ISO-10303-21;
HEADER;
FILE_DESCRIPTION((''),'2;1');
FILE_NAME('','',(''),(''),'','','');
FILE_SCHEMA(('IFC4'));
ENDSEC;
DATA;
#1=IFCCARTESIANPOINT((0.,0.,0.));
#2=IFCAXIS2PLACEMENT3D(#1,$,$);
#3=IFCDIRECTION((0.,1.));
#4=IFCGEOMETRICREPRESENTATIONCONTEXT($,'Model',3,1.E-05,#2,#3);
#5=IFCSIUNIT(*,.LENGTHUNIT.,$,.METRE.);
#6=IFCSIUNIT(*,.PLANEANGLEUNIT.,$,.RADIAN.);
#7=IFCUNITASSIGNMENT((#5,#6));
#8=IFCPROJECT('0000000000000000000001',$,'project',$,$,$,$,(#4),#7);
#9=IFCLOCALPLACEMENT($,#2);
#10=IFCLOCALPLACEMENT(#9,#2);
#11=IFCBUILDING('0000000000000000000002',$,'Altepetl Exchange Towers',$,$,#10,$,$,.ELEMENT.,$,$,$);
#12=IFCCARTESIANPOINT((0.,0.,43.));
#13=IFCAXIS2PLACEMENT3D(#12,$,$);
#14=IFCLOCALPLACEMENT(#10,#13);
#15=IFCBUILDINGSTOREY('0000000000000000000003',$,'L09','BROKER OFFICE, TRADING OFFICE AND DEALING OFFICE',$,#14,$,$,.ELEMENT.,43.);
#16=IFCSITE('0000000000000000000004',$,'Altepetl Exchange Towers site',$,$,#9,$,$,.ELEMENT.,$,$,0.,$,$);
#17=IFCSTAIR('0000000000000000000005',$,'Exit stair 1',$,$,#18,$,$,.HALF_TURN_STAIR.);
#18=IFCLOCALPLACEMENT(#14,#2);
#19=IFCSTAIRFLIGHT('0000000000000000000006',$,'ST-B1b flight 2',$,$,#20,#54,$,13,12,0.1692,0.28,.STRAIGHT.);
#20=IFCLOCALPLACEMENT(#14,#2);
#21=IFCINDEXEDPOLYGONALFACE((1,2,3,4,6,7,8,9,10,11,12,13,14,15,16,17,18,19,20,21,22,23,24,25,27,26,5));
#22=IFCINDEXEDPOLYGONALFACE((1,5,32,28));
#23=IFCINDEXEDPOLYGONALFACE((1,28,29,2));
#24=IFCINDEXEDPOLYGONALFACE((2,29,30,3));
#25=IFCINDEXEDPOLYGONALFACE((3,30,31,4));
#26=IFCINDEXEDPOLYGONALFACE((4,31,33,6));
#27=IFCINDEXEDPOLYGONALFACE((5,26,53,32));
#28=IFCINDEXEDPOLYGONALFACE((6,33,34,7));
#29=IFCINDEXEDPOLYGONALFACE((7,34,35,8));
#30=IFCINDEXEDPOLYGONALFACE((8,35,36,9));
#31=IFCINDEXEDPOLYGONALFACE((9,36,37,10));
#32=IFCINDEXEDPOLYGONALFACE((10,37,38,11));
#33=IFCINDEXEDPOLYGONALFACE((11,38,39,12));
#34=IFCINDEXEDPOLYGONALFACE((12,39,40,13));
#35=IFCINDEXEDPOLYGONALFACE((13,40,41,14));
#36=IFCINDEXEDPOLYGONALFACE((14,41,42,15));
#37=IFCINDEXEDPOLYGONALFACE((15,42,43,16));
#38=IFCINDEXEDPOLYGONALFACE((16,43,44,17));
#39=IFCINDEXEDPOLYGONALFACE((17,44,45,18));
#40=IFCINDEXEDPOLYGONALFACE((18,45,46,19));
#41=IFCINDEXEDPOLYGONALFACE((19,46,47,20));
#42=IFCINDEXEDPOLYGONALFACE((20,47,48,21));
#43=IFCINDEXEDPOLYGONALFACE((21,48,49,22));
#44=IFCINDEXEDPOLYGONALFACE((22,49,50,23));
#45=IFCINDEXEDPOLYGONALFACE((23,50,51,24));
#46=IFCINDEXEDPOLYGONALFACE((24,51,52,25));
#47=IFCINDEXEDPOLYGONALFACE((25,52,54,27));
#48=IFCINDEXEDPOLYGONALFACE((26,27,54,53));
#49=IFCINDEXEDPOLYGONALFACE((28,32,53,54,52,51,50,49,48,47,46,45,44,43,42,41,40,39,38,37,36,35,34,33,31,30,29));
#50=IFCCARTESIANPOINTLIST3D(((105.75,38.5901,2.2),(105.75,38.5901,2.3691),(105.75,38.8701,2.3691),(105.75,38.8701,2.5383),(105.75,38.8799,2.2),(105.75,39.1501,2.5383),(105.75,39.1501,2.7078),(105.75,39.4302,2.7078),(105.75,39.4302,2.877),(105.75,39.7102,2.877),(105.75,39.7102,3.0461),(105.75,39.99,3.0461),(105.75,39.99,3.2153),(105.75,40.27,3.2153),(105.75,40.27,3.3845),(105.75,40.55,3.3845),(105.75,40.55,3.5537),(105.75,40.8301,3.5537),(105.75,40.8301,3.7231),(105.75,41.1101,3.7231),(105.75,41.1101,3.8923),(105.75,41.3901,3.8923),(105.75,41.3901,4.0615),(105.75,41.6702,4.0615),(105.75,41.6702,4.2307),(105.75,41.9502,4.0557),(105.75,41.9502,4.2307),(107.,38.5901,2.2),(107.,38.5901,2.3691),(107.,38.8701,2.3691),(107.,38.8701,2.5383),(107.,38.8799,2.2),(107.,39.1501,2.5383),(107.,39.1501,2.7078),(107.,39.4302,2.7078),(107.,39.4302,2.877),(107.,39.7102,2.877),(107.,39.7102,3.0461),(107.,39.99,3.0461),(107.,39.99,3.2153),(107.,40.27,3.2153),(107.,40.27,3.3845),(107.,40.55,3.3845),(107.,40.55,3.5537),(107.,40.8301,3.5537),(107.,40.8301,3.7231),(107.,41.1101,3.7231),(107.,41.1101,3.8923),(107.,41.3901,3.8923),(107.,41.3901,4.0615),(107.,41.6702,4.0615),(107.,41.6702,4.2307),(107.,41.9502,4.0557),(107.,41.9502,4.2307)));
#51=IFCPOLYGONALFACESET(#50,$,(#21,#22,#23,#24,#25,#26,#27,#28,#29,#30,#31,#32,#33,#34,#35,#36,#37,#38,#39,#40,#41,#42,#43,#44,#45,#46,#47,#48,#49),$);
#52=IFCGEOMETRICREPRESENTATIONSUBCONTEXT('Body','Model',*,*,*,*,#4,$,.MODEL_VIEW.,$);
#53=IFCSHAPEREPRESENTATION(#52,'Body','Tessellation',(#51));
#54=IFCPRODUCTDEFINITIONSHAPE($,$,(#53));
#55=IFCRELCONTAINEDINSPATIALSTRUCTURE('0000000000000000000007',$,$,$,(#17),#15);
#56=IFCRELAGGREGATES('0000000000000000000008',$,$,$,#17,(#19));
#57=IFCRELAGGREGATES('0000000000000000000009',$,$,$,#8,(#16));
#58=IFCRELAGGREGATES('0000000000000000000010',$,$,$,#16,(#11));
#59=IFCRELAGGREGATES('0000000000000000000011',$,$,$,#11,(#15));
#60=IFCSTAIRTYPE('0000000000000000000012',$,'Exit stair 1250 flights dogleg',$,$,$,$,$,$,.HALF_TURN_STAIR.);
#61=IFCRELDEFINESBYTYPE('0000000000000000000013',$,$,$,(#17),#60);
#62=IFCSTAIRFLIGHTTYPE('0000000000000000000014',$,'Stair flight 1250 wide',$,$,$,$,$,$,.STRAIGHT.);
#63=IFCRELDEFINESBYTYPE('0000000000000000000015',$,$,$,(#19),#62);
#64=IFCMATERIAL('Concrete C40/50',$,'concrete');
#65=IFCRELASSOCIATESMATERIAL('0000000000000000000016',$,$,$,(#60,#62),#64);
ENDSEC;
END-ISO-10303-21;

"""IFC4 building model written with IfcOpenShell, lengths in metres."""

from ifc_helpers import new_model, si_unit, direction, frame, origin, place, context, subcontext, project, spatial, polyline, outline, extrude, material, type_object, element, aggregate, save


model = new_model("IFC4")

# Units and contexts
model_context = context("Model", 3, precision=1e-05, world=origin(), true_north=direction((0.0, 1.0)))
body_context = subcontext(model_context, "Body", "Model", "MODEL_VIEW")
ifc_project = project(units=[si_unit("LENGTHUNIT", "METRE"), si_unit("PLANEANGLEUNIT", "RADIAN")], contexts=[model_context])

# Site, building, storey
site_placement = place(None, origin())
site = spatial("IfcSite", under=ifc_project, at=site_placement, Name="Altepetl Exchange Towers site", CompositionType="ELEMENT", RefElevation=0.0)
building_placement = place(site_placement, origin())
building = spatial("IfcBuilding", under=site, at=building_placement, Name="Altepetl Exchange Towers", CompositionType="ELEMENT")
storey_placement = place(building_placement, frame((0.0, 0.0, 43.0)))
storey = spatial("IfcBuildingStorey", under=building, at=storey_placement, Name="L09", Description="BROKER OFFICE, TRADING OFFICE AND DEALING OFFICE", CompositionType="ELEMENT", Elevation=43.0)

# Shared definitions
ifc_material_1 = material(Name="Concrete C40/50", Category="concrete")

# Stair, stair flight
stair_type = type_object("IfcStairType", Name="Exit stair 1250 flights dogleg", PredefinedType="HALF_TURN_STAIR", material=ifc_material_1)
stair_placement = place(storey_placement, origin())
stair = element("IfcStair", 1, at=stair_placement, inside=storey, type_object=stair_type, Name="Exit stair 1", PredefinedType="HALF_TURN_STAIR")
stair_flight_type = type_object("IfcStairFlightType", Name="Stair flight 1250 wide", PredefinedType="STRAIGHT", material=ifc_material_1)
stair_flight_1_placement = place(storey_placement, frame((106.375, 38.5901, 2.2), z_axis=(0.0, 0.0, 1.0), x_axis=(0.0, 1.0, 0.0)))
stair_flight_1 = element("IfcStairFlight", 2, at=stair_flight_1_placement, type_object=stair_flight_type, Name="ST-B1b flight 2", NumberOfRisers=13, NumberOfTreads=12, PredefinedType="STRAIGHT", RiserHeight=0.1692, TreadLength=0.28, context=body_context, shape_type="SweptSolid", body=[
    extrude(outline(polyline([(0.0, 0.0), (0.0, 0.1692), (0.28, 0.1692), (0.28, 0.3384), (0.5601, 0.3384), (0.5601, 0.5078), (0.8401, 0.5078), (0.8401, 0.677), (1.1201, 0.677), (1.1201, 0.8462), (1.3999, 0.8462), (1.3999, 1.0154), (1.6799, 1.0154), (1.6799, 1.1846), (1.96, 1.1846), (1.96, 1.3538), (2.24, 1.3538), (2.24, 1.5232), (2.52, 1.5232), (2.52, 1.6924), (2.8, 1.6924), (2.8, 1.8616), (3.0801, 1.8616), (3.0801, 2.0308), (3.3601, 2.0308), (3.3601, 2.2), (3.3601, 1.8557), (0.2898, 0.0), (0.0, 0.0)])), frame((0.0, 0.625, 0.0), z_axis=(0.0, -1.0, 0.0), x_axis=(1.0, 0.0, 0.0)), (0.0, 0.0, 1.0), 1.25),
])
aggregate(stair, [stair_flight_1])

save(model, "model.ifc")
